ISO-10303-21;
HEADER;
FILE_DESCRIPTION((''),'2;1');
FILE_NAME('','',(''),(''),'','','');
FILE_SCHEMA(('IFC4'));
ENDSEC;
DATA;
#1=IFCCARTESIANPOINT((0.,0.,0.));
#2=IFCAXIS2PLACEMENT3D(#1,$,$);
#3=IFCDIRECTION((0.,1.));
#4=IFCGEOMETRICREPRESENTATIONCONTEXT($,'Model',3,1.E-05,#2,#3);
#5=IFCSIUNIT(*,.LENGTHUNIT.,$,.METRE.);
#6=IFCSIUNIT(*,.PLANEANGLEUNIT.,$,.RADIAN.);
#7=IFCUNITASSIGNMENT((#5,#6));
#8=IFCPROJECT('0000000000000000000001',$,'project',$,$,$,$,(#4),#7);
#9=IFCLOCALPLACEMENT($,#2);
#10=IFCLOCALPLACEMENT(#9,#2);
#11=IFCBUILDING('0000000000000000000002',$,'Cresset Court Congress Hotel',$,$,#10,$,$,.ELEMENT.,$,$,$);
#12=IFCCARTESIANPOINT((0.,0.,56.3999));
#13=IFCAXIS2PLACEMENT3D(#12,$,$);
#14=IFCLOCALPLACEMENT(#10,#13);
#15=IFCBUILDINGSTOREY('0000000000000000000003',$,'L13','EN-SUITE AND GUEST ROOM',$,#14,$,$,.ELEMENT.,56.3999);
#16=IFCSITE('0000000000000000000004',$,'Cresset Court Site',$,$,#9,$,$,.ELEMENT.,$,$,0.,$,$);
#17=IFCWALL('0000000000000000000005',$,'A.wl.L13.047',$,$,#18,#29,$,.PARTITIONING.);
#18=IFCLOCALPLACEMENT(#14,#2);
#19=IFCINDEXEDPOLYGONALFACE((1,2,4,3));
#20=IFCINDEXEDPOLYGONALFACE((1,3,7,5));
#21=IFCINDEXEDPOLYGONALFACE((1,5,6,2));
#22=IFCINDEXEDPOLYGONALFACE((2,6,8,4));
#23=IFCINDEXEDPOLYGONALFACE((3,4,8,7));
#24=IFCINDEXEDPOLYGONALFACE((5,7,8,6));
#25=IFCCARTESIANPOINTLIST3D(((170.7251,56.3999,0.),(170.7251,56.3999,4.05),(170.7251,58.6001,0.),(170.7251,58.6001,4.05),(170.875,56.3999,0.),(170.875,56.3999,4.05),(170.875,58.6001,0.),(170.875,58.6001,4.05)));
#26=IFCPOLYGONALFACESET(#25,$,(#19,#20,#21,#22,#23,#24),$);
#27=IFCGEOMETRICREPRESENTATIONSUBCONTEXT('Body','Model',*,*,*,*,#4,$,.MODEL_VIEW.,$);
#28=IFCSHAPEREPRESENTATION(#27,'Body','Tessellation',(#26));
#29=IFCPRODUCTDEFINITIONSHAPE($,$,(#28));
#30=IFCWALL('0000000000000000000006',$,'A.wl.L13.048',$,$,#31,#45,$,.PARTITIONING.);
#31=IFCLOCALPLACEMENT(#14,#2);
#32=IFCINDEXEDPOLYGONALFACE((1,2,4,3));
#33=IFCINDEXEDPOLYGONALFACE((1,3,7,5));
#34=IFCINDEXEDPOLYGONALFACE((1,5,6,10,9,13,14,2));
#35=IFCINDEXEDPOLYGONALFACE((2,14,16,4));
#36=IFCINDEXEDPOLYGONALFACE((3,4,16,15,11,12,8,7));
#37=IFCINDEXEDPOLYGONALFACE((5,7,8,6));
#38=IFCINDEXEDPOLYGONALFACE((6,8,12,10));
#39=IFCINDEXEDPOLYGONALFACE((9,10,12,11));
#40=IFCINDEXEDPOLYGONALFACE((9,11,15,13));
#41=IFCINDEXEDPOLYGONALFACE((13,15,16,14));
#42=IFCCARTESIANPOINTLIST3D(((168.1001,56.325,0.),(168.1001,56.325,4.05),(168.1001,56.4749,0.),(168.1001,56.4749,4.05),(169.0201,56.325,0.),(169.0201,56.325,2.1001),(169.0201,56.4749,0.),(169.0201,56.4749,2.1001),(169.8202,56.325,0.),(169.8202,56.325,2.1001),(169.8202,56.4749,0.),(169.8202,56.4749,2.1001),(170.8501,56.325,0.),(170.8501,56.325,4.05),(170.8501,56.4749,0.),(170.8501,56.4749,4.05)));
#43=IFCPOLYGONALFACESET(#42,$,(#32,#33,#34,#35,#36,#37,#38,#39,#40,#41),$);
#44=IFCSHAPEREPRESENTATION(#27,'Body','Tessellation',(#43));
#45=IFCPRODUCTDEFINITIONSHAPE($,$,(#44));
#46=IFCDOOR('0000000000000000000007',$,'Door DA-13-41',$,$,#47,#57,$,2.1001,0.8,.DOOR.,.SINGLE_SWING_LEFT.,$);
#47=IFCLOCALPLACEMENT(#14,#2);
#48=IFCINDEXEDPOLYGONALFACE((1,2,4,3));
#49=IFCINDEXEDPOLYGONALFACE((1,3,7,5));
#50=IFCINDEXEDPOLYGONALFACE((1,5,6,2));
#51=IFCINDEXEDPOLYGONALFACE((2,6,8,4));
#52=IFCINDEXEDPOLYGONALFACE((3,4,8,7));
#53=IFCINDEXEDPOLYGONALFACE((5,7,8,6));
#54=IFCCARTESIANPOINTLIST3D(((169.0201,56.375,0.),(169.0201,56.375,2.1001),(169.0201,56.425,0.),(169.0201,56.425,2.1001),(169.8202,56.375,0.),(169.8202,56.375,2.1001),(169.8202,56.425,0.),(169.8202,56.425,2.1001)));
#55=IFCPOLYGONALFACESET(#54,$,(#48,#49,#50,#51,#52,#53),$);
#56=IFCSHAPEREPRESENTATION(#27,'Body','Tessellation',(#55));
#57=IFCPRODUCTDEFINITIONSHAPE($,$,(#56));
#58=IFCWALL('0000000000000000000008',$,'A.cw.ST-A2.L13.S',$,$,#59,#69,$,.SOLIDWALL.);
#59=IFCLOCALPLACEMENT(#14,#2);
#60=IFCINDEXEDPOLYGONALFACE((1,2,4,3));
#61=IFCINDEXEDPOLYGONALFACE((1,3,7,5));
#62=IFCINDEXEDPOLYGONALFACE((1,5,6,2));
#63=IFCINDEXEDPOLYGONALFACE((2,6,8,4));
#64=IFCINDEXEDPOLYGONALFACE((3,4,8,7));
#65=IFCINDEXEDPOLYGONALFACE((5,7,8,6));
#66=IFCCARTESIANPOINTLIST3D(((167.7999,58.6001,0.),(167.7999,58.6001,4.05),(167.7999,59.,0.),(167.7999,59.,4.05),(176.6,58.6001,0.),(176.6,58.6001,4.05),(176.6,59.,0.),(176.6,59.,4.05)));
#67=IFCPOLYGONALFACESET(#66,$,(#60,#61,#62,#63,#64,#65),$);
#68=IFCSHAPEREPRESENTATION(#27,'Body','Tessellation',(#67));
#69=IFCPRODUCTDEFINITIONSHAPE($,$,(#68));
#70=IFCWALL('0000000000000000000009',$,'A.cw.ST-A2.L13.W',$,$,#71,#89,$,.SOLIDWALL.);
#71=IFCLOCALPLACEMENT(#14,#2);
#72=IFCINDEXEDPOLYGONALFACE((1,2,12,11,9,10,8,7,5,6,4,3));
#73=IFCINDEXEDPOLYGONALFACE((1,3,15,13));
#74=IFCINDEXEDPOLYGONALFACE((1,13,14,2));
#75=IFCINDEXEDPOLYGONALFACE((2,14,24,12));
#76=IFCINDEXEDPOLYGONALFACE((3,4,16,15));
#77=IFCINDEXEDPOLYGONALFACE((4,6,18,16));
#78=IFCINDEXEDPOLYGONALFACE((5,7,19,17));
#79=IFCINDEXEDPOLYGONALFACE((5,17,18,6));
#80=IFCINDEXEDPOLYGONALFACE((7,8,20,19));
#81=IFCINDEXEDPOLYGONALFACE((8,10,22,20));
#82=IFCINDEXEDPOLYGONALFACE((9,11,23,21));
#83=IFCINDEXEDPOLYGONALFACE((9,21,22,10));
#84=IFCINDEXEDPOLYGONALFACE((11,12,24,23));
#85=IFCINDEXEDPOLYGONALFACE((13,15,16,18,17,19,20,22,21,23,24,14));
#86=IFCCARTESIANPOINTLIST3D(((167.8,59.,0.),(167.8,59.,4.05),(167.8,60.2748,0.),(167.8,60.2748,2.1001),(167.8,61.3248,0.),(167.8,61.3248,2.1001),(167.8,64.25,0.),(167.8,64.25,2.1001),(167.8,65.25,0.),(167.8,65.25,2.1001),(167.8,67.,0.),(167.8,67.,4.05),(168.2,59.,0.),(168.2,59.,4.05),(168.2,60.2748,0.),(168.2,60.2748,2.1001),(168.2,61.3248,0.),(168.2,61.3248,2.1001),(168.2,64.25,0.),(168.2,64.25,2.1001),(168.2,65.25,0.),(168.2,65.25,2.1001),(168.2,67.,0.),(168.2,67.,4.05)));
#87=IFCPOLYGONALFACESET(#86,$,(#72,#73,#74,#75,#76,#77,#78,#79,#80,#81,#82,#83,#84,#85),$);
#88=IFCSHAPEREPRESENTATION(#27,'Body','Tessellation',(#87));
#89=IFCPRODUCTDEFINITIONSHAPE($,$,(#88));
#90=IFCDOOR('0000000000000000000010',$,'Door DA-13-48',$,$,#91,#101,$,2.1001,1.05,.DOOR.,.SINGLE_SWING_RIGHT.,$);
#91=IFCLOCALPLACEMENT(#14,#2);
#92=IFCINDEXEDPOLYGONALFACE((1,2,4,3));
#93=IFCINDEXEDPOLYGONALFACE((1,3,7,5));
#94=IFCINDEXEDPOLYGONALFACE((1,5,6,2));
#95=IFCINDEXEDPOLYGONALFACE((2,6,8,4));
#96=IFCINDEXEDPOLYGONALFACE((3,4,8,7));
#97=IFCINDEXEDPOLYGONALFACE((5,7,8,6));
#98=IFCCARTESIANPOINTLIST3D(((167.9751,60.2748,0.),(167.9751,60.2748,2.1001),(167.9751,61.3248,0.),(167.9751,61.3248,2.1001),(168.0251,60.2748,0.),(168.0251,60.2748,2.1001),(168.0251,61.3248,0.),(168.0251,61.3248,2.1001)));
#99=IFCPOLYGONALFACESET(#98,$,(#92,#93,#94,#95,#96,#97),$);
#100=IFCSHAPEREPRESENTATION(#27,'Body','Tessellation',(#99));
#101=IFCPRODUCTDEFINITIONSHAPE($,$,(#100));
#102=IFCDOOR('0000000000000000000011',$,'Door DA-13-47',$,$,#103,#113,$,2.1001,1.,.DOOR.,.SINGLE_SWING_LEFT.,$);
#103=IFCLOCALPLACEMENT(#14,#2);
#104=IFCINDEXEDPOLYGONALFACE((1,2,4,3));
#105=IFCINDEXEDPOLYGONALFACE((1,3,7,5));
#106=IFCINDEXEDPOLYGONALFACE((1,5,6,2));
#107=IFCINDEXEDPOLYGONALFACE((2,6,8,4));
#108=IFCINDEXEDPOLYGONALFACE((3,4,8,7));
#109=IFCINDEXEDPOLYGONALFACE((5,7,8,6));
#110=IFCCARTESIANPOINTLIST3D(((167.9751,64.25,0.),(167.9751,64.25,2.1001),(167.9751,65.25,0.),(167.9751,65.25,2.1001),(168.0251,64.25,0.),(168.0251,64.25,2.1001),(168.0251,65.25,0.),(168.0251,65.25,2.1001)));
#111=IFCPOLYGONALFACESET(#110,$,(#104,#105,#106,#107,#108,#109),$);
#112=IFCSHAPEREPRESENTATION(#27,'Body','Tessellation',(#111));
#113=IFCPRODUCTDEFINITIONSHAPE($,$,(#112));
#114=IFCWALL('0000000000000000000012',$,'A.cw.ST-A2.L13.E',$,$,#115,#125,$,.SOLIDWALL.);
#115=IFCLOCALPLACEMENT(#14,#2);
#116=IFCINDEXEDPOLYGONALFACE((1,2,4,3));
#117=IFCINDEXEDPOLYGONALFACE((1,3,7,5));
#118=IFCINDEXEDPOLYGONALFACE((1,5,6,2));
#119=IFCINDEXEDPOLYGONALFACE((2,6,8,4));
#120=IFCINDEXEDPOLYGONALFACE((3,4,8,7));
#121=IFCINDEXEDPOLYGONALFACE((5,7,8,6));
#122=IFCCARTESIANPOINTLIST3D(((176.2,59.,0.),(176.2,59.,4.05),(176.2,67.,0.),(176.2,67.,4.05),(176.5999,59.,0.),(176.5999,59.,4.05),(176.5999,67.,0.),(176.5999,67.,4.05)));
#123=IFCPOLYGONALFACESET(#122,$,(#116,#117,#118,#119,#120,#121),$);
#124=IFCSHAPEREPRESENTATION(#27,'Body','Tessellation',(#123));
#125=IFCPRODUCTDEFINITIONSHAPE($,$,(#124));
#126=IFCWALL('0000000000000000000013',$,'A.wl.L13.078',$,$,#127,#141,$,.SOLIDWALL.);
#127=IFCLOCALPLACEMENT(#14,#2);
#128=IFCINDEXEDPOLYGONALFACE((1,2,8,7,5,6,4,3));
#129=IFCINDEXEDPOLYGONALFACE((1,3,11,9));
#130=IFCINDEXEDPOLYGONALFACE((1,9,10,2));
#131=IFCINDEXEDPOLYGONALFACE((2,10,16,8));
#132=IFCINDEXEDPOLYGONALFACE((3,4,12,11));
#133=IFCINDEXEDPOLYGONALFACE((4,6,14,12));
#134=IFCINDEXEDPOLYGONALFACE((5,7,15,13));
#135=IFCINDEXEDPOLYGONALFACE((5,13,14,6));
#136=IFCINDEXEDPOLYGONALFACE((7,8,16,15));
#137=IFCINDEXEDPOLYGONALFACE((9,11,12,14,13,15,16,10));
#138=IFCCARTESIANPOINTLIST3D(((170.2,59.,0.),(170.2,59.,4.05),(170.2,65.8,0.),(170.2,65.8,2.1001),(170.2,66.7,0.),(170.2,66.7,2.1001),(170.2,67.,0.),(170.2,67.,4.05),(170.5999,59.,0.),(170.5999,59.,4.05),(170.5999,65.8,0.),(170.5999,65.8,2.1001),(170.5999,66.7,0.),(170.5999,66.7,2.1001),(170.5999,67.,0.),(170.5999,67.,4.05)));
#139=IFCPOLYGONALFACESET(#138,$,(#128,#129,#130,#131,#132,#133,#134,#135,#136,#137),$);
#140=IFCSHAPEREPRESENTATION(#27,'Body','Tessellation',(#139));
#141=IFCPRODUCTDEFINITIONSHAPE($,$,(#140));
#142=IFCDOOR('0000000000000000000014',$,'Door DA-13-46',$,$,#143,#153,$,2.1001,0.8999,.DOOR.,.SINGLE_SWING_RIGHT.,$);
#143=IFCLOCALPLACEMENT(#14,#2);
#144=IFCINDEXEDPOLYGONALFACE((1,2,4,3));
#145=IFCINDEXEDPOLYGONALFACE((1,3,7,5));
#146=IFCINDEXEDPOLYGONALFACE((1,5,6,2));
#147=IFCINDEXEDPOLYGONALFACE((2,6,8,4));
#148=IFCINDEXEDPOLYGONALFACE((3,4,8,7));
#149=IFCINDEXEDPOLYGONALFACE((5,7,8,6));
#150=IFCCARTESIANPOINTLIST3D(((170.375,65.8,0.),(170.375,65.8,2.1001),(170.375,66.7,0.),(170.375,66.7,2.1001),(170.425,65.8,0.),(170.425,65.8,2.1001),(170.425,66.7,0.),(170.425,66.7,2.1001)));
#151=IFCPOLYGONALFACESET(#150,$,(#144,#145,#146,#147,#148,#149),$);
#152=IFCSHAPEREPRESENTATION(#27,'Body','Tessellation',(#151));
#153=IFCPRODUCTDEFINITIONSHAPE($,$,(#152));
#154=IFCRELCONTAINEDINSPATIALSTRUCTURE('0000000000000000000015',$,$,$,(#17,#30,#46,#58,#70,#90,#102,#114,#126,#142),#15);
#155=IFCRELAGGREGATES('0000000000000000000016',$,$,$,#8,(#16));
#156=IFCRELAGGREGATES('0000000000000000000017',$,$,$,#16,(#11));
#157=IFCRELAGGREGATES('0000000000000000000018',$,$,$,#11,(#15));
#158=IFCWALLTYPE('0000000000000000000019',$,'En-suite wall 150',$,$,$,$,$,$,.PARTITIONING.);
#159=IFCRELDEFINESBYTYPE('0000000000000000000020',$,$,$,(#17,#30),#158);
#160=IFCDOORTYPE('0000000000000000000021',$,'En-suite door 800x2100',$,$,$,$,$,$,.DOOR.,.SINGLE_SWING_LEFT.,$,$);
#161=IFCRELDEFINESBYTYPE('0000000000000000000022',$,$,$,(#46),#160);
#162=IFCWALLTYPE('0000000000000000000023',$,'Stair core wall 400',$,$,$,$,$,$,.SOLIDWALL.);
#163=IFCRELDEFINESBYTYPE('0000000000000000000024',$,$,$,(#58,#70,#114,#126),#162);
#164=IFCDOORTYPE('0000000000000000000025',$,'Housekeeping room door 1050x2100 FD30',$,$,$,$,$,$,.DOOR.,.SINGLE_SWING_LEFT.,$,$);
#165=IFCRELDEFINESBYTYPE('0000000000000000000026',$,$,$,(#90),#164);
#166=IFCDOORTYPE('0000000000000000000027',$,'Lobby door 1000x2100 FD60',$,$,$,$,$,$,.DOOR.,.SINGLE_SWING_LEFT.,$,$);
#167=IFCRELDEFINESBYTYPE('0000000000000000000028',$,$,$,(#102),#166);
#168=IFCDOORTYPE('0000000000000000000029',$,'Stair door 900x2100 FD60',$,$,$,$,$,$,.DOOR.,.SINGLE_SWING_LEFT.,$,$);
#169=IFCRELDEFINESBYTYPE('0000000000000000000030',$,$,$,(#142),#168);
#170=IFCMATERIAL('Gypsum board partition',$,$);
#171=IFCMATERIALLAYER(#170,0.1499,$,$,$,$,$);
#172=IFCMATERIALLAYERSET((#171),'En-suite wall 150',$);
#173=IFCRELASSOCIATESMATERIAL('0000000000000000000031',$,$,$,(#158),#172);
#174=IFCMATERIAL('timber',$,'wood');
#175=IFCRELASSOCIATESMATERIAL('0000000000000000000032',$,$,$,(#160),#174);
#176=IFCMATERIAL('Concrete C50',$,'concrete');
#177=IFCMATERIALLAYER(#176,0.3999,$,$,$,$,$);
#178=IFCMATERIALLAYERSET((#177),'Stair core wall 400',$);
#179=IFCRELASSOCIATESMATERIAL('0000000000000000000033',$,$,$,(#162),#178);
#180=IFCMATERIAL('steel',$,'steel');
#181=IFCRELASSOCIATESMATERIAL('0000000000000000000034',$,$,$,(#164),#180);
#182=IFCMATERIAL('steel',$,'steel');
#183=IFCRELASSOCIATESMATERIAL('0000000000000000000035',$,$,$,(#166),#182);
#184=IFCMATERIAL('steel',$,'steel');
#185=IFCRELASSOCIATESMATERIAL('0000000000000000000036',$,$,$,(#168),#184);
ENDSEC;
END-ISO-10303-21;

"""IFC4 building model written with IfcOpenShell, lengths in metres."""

from ifc_helpers import new_model, si_unit, direction, frame, frame_2d, origin, place, context, subcontext, project, spatial, rectangle, extrude, material, layer, layer_set, type_object, element, fill, save


model = new_model("IFC4")

# Units and contexts
model_context = context("Model", 3, precision=1e-05, world=origin(), true_north=direction((0.0, 1.0)))
body_context = subcontext(model_context, "Body", "Model", "MODEL_VIEW")
ifc_project = project(units=[si_unit("LENGTHUNIT", "METRE"), si_unit("PLANEANGLEUNIT", "RADIAN")], contexts=[model_context])

# Site, building, storey
site_placement = place(None, origin())
site = spatial("IfcSite", under=ifc_project, at=site_placement, Name="Cresset Court Site", CompositionType="ELEMENT", RefElevation=0.0)
building_placement = place(site_placement, origin())
building = spatial("IfcBuilding", under=site, at=building_placement, Name="Cresset Court Congress Hotel", CompositionType="ELEMENT")
storey_placement = place(building_placement, frame((0.0, 0.0, 56.3999)))
storey = spatial("IfcBuildingStorey", under=building, at=storey_placement, Name="L13", Description="EN-SUITE AND GUEST ROOM", CompositionType="ELEMENT", Elevation=56.3999)

# Wall
ifc_material_1 = material(Name="Gypsum board partition")
ifc_layer_1 = layer(ifc_material_1, 0.1499)
ifc_layer_set_1 = layer_set([ifc_layer_1], Name="En-suite wall 150")
wall_type_1 = type_object("IfcWallType", Name="En-suite wall 150", PredefinedType="PARTITIONING", material=ifc_layer_set_1)
wall_1_placement = place(storey_placement, frame((170.8, 56.3999, 0.0), z_axis=(0.0, 0.0, 1.0), x_axis=(0.0, 1.0, 0.0)))
element("IfcWall", 1, at=wall_1_placement, inside=storey, type_object=wall_type_1, Name="A.wl.L13.047", PredefinedType="PARTITIONING", context=body_context, shape_type="SweptSolid", body=[
    extrude(rectangle(XDim=2.2002, YDim=0.1499, at=frame_2d((1.1001, 0.0))), origin(), (0.0, 0.0, 1.0), 4.05),
])

# Wall, opening, door
wall_2_placement = place(storey_placement, frame((170.8501, 56.3999, 0.0), z_axis=(0.0, 0.0, 1.0), x_axis=(-1.0, 0.0, 0.0)))
wall_2 = element("IfcWall", 2, at=wall_2_placement, inside=storey, type_object=wall_type_1, Name="A.wl.L13.048", PredefinedType="PARTITIONING", context=body_context, shape_type="SweptSolid", body=[
    extrude(rectangle(XDim=2.75, YDim=0.1499, at=frame_2d((1.375, 0.0))), origin(), (0.0, 0.0, 1.0), 4.05),
])
opening_1_placement = place(wall_2_placement, frame((1.03, 0.0, 0.0)))
opening_1 = element("IfcOpeningElement", 3, at=opening_1_placement, cuts=wall_2, PredefinedType="OPENING", context=body_context, shape_type="SweptSolid", body=[
    extrude(rectangle(XDim=0.8, YDim=2.1001, at=frame_2d((0.3999, 1.05))), frame((0.0, 0.085, 0.0), z_axis=(0.0, -1.0, 0.0), x_axis=(1.0, 0.0, 0.0)), (0.0, 0.0, 1.0), 0.1699),
])
ifc_material_2 = material(Name="timber", Category="wood")
door_type_1 = type_object("IfcDoorType", Name="En-suite door 800x2100", OperationType="SINGLE_SWING_LEFT", PredefinedType="DOOR", material=ifc_material_2)
door_1_placement = place(opening_1_placement, origin())
door_1 = element("IfcDoor", 4, at=door_1_placement, inside=storey, type_object=door_type_1, Name="Door DA-13-41", OperationType="SINGLE_SWING_LEFT", OverallHeight=2.1001, OverallWidth=0.8, PredefinedType="DOOR", context=body_context, shape_type="SweptSolid", body=[
    extrude(rectangle(XDim=0.8, YDim=2.1001, at=frame_2d((0.3999, 1.05))), frame((0.0, 0.0249, 0.0), z_axis=(0.0, -1.0, 0.0), x_axis=(1.0, 0.0, 0.0)), (0.0, 0.0, 1.0), 0.05),
])
fill(opening_1, door_1)

# Wall
ifc_material_3 = material(Name="Concrete C50", Category="concrete")
ifc_layer_2 = layer(ifc_material_3, 0.3999)
ifc_layer_set_2 = layer_set([ifc_layer_2], Name="Stair core wall 400")
wall_type_2 = type_object("IfcWallType", Name="Stair core wall 400", PredefinedType="SOLIDWALL", material=ifc_layer_set_2)
wall_3_placement = place(storey_placement, frame((167.8, 58.8, 0.0), z_axis=(0.0, 0.0, 1.0), x_axis=(1.0, 0.0, 0.0)))
element("IfcWall", 5, at=wall_3_placement, inside=storey, type_object=wall_type_2, Name="A.cw.ST-A2.L13.S", PredefinedType="SOLIDWALL", context=body_context, shape_type="SweptSolid", body=[
    extrude(rectangle(XDim=8.8, YDim=0.3999, at=frame_2d((4.3999, 0.0))), origin(), (0.0, 0.0, 1.0), 4.05),
])

# Wall, openings, doors
wall_4_placement = place(storey_placement, frame((168.0, 59.0, 0.0), z_axis=(0.0, 0.0, 1.0), x_axis=(0.0, 1.0, 0.0)))
wall_4 = element("IfcWall", 6, at=wall_4_placement, inside=storey, type_object=wall_type_2, Name="A.cw.ST-A2.L13.W", PredefinedType="SOLIDWALL", context=body_context, shape_type="SweptSolid", body=[
    extrude(rectangle(XDim=8.0, YDim=0.3999, at=frame_2d((4.0, 0.0))), origin(), (0.0, 0.0, 1.0), 4.05),
])
opening_2_placement = place(wall_4_placement, frame((5.25, 0.0, 0.0)))
opening_2 = element("IfcOpeningElement", 7, at=opening_2_placement, cuts=wall_4, PredefinedType="OPENING", context=body_context, shape_type="SweptSolid", body=[
    extrude(rectangle(XDim=1.0, YDim=2.1001, at=frame_2d((0.5, 1.05))), frame((0.0, 0.21, 0.0), z_axis=(0.0, -1.0, 0.0), x_axis=(1.0, 0.0, 0.0)), (0.0, 0.0, 1.0), 0.4199),
])
opening_3_placement = place(wall_4_placement, frame((1.2749, 0.0, 0.0)))
opening_3 = element("IfcOpeningElement", 8, at=opening_3_placement, cuts=wall_4, PredefinedType="OPENING", context=body_context, shape_type="SweptSolid", body=[
    extrude(rectangle(XDim=1.05, YDim=2.1001, at=frame_2d((0.5249, 1.05))), frame((0.0, 0.21, 0.0), z_axis=(0.0, -1.0, 0.0), x_axis=(1.0, 0.0, 0.0)), (0.0, 0.0, 1.0), 0.4199),
])
ifc_material_4 = material(Name="steel", Category="steel")
door_type_2 = type_object("IfcDoorType", Name="Housekeeping room door 1050x2100 FD30", OperationType="SINGLE_SWING_LEFT", PredefinedType="DOOR", material=ifc_material_4)
door_2_placement = place(opening_3_placement, origin())
door_2 = element("IfcDoor", 9, at=door_2_placement, inside=storey, type_object=door_type_2, Name="Door DA-13-48", OperationType="SINGLE_SWING_RIGHT", OverallHeight=2.1001, OverallWidth=1.05, PredefinedType="DOOR", context=body_context, shape_type="SweptSolid", body=[
    extrude(rectangle(XDim=1.05, YDim=2.1001, at=frame_2d((0.5249, 1.05))), frame((0.0, 0.0249, 0.0), z_axis=(0.0, -1.0, 0.0), x_axis=(1.0, 0.0, 0.0)), (0.0, 0.0, 1.0), 0.05),
])
fill(opening_3, door_2)
ifc_material_5 = material(Name="steel", Category="steel")
door_type_3 = type_object("IfcDoorType", Name="Lobby door 1000x2100 FD60", OperationType="SINGLE_SWING_LEFT", PredefinedType="DOOR", material=ifc_material_5)
door_3_placement = place(opening_2_placement, origin())
door_3 = element("IfcDoor", 10, at=door_3_placement, inside=storey, type_object=door_type_3, Name="Door DA-13-47", OperationType="SINGLE_SWING_LEFT", OverallHeight=2.1001, OverallWidth=1.0, PredefinedType="DOOR", context=body_context, shape_type="SweptSolid", body=[
    extrude(rectangle(XDim=1.0, YDim=2.1001, at=frame_2d((0.5, 1.05))), frame((0.0, 0.0249, 0.0), z_axis=(0.0, -1.0, 0.0), x_axis=(1.0, 0.0, 0.0)), (0.0, 0.0, 1.0), 0.05),
])
fill(opening_2, door_3)

# Wall
wall_5_placement = place(storey_placement, frame((176.3999, 59.0, 0.0), z_axis=(0.0, 0.0, 1.0), x_axis=(0.0, 1.0, 0.0)))
element("IfcWall", 11, at=wall_5_placement, inside=storey, type_object=wall_type_2, Name="A.cw.ST-A2.L13.E", PredefinedType="SOLIDWALL", context=body_context, shape_type="SweptSolid", body=[
    extrude(rectangle(XDim=8.0, YDim=0.3999, at=frame_2d((4.0, 0.0))), origin(), (0.0, 0.0, 1.0), 4.05),
])

# Wall, opening, door
wall_6_placement = place(storey_placement, frame((170.3999, 59.0, 0.0), z_axis=(0.0, 0.0, 1.0), x_axis=(0.0, 1.0, 0.0)))
wall_6 = element("IfcWall", 12, at=wall_6_placement, inside=storey, type_object=wall_type_2, Name="A.wl.L13.078", PredefinedType="SOLIDWALL", context=body_context, shape_type="SweptSolid", body=[
    extrude(rectangle(XDim=8.0, YDim=0.3999, at=frame_2d((4.0, 0.0))), origin(), (0.0, 0.0, 1.0), 4.05),
])
opening_4_placement = place(wall_6_placement, frame((6.8, 0.0, 0.0)))
opening_4 = element("IfcOpeningElement", 13, at=opening_4_placement, cuts=wall_6, PredefinedType="OPENING", context=body_context, shape_type="SweptSolid", body=[
    extrude(rectangle(XDim=0.8999, YDim=2.1001, at=frame_2d((0.45, 1.05))), frame((0.0, 0.21, 0.0), z_axis=(0.0, -1.0, 0.0), x_axis=(1.0, 0.0, 0.0)), (0.0, 0.0, 1.0), 0.4199),
])
ifc_material_6 = material(Name="steel", Category="steel")
door_type_4 = type_object("IfcDoorType", Name="Stair door 900x2100 FD60", OperationType="SINGLE_SWING_LEFT", PredefinedType="DOOR", material=ifc_material_6)
door_4_placement = place(opening_4_placement, origin())
door_4 = element("IfcDoor", 14, at=door_4_placement, inside=storey, type_object=door_type_4, Name="Door DA-13-46", OperationType="SINGLE_SWING_RIGHT", OverallHeight=2.1001, OverallWidth=0.8999, PredefinedType="DOOR", context=body_context, shape_type="SweptSolid", body=[
    extrude(rectangle(XDim=0.8999, YDim=2.1001, at=frame_2d((0.45, 1.05))), frame((0.0, 0.0249, 0.0), z_axis=(0.0, -1.0, 0.0), x_axis=(1.0, 0.0, 0.0)), (0.0, 0.0, 1.0), 0.05),
])
fill(opening_4, door_4)

save(model, "model.ifc")
